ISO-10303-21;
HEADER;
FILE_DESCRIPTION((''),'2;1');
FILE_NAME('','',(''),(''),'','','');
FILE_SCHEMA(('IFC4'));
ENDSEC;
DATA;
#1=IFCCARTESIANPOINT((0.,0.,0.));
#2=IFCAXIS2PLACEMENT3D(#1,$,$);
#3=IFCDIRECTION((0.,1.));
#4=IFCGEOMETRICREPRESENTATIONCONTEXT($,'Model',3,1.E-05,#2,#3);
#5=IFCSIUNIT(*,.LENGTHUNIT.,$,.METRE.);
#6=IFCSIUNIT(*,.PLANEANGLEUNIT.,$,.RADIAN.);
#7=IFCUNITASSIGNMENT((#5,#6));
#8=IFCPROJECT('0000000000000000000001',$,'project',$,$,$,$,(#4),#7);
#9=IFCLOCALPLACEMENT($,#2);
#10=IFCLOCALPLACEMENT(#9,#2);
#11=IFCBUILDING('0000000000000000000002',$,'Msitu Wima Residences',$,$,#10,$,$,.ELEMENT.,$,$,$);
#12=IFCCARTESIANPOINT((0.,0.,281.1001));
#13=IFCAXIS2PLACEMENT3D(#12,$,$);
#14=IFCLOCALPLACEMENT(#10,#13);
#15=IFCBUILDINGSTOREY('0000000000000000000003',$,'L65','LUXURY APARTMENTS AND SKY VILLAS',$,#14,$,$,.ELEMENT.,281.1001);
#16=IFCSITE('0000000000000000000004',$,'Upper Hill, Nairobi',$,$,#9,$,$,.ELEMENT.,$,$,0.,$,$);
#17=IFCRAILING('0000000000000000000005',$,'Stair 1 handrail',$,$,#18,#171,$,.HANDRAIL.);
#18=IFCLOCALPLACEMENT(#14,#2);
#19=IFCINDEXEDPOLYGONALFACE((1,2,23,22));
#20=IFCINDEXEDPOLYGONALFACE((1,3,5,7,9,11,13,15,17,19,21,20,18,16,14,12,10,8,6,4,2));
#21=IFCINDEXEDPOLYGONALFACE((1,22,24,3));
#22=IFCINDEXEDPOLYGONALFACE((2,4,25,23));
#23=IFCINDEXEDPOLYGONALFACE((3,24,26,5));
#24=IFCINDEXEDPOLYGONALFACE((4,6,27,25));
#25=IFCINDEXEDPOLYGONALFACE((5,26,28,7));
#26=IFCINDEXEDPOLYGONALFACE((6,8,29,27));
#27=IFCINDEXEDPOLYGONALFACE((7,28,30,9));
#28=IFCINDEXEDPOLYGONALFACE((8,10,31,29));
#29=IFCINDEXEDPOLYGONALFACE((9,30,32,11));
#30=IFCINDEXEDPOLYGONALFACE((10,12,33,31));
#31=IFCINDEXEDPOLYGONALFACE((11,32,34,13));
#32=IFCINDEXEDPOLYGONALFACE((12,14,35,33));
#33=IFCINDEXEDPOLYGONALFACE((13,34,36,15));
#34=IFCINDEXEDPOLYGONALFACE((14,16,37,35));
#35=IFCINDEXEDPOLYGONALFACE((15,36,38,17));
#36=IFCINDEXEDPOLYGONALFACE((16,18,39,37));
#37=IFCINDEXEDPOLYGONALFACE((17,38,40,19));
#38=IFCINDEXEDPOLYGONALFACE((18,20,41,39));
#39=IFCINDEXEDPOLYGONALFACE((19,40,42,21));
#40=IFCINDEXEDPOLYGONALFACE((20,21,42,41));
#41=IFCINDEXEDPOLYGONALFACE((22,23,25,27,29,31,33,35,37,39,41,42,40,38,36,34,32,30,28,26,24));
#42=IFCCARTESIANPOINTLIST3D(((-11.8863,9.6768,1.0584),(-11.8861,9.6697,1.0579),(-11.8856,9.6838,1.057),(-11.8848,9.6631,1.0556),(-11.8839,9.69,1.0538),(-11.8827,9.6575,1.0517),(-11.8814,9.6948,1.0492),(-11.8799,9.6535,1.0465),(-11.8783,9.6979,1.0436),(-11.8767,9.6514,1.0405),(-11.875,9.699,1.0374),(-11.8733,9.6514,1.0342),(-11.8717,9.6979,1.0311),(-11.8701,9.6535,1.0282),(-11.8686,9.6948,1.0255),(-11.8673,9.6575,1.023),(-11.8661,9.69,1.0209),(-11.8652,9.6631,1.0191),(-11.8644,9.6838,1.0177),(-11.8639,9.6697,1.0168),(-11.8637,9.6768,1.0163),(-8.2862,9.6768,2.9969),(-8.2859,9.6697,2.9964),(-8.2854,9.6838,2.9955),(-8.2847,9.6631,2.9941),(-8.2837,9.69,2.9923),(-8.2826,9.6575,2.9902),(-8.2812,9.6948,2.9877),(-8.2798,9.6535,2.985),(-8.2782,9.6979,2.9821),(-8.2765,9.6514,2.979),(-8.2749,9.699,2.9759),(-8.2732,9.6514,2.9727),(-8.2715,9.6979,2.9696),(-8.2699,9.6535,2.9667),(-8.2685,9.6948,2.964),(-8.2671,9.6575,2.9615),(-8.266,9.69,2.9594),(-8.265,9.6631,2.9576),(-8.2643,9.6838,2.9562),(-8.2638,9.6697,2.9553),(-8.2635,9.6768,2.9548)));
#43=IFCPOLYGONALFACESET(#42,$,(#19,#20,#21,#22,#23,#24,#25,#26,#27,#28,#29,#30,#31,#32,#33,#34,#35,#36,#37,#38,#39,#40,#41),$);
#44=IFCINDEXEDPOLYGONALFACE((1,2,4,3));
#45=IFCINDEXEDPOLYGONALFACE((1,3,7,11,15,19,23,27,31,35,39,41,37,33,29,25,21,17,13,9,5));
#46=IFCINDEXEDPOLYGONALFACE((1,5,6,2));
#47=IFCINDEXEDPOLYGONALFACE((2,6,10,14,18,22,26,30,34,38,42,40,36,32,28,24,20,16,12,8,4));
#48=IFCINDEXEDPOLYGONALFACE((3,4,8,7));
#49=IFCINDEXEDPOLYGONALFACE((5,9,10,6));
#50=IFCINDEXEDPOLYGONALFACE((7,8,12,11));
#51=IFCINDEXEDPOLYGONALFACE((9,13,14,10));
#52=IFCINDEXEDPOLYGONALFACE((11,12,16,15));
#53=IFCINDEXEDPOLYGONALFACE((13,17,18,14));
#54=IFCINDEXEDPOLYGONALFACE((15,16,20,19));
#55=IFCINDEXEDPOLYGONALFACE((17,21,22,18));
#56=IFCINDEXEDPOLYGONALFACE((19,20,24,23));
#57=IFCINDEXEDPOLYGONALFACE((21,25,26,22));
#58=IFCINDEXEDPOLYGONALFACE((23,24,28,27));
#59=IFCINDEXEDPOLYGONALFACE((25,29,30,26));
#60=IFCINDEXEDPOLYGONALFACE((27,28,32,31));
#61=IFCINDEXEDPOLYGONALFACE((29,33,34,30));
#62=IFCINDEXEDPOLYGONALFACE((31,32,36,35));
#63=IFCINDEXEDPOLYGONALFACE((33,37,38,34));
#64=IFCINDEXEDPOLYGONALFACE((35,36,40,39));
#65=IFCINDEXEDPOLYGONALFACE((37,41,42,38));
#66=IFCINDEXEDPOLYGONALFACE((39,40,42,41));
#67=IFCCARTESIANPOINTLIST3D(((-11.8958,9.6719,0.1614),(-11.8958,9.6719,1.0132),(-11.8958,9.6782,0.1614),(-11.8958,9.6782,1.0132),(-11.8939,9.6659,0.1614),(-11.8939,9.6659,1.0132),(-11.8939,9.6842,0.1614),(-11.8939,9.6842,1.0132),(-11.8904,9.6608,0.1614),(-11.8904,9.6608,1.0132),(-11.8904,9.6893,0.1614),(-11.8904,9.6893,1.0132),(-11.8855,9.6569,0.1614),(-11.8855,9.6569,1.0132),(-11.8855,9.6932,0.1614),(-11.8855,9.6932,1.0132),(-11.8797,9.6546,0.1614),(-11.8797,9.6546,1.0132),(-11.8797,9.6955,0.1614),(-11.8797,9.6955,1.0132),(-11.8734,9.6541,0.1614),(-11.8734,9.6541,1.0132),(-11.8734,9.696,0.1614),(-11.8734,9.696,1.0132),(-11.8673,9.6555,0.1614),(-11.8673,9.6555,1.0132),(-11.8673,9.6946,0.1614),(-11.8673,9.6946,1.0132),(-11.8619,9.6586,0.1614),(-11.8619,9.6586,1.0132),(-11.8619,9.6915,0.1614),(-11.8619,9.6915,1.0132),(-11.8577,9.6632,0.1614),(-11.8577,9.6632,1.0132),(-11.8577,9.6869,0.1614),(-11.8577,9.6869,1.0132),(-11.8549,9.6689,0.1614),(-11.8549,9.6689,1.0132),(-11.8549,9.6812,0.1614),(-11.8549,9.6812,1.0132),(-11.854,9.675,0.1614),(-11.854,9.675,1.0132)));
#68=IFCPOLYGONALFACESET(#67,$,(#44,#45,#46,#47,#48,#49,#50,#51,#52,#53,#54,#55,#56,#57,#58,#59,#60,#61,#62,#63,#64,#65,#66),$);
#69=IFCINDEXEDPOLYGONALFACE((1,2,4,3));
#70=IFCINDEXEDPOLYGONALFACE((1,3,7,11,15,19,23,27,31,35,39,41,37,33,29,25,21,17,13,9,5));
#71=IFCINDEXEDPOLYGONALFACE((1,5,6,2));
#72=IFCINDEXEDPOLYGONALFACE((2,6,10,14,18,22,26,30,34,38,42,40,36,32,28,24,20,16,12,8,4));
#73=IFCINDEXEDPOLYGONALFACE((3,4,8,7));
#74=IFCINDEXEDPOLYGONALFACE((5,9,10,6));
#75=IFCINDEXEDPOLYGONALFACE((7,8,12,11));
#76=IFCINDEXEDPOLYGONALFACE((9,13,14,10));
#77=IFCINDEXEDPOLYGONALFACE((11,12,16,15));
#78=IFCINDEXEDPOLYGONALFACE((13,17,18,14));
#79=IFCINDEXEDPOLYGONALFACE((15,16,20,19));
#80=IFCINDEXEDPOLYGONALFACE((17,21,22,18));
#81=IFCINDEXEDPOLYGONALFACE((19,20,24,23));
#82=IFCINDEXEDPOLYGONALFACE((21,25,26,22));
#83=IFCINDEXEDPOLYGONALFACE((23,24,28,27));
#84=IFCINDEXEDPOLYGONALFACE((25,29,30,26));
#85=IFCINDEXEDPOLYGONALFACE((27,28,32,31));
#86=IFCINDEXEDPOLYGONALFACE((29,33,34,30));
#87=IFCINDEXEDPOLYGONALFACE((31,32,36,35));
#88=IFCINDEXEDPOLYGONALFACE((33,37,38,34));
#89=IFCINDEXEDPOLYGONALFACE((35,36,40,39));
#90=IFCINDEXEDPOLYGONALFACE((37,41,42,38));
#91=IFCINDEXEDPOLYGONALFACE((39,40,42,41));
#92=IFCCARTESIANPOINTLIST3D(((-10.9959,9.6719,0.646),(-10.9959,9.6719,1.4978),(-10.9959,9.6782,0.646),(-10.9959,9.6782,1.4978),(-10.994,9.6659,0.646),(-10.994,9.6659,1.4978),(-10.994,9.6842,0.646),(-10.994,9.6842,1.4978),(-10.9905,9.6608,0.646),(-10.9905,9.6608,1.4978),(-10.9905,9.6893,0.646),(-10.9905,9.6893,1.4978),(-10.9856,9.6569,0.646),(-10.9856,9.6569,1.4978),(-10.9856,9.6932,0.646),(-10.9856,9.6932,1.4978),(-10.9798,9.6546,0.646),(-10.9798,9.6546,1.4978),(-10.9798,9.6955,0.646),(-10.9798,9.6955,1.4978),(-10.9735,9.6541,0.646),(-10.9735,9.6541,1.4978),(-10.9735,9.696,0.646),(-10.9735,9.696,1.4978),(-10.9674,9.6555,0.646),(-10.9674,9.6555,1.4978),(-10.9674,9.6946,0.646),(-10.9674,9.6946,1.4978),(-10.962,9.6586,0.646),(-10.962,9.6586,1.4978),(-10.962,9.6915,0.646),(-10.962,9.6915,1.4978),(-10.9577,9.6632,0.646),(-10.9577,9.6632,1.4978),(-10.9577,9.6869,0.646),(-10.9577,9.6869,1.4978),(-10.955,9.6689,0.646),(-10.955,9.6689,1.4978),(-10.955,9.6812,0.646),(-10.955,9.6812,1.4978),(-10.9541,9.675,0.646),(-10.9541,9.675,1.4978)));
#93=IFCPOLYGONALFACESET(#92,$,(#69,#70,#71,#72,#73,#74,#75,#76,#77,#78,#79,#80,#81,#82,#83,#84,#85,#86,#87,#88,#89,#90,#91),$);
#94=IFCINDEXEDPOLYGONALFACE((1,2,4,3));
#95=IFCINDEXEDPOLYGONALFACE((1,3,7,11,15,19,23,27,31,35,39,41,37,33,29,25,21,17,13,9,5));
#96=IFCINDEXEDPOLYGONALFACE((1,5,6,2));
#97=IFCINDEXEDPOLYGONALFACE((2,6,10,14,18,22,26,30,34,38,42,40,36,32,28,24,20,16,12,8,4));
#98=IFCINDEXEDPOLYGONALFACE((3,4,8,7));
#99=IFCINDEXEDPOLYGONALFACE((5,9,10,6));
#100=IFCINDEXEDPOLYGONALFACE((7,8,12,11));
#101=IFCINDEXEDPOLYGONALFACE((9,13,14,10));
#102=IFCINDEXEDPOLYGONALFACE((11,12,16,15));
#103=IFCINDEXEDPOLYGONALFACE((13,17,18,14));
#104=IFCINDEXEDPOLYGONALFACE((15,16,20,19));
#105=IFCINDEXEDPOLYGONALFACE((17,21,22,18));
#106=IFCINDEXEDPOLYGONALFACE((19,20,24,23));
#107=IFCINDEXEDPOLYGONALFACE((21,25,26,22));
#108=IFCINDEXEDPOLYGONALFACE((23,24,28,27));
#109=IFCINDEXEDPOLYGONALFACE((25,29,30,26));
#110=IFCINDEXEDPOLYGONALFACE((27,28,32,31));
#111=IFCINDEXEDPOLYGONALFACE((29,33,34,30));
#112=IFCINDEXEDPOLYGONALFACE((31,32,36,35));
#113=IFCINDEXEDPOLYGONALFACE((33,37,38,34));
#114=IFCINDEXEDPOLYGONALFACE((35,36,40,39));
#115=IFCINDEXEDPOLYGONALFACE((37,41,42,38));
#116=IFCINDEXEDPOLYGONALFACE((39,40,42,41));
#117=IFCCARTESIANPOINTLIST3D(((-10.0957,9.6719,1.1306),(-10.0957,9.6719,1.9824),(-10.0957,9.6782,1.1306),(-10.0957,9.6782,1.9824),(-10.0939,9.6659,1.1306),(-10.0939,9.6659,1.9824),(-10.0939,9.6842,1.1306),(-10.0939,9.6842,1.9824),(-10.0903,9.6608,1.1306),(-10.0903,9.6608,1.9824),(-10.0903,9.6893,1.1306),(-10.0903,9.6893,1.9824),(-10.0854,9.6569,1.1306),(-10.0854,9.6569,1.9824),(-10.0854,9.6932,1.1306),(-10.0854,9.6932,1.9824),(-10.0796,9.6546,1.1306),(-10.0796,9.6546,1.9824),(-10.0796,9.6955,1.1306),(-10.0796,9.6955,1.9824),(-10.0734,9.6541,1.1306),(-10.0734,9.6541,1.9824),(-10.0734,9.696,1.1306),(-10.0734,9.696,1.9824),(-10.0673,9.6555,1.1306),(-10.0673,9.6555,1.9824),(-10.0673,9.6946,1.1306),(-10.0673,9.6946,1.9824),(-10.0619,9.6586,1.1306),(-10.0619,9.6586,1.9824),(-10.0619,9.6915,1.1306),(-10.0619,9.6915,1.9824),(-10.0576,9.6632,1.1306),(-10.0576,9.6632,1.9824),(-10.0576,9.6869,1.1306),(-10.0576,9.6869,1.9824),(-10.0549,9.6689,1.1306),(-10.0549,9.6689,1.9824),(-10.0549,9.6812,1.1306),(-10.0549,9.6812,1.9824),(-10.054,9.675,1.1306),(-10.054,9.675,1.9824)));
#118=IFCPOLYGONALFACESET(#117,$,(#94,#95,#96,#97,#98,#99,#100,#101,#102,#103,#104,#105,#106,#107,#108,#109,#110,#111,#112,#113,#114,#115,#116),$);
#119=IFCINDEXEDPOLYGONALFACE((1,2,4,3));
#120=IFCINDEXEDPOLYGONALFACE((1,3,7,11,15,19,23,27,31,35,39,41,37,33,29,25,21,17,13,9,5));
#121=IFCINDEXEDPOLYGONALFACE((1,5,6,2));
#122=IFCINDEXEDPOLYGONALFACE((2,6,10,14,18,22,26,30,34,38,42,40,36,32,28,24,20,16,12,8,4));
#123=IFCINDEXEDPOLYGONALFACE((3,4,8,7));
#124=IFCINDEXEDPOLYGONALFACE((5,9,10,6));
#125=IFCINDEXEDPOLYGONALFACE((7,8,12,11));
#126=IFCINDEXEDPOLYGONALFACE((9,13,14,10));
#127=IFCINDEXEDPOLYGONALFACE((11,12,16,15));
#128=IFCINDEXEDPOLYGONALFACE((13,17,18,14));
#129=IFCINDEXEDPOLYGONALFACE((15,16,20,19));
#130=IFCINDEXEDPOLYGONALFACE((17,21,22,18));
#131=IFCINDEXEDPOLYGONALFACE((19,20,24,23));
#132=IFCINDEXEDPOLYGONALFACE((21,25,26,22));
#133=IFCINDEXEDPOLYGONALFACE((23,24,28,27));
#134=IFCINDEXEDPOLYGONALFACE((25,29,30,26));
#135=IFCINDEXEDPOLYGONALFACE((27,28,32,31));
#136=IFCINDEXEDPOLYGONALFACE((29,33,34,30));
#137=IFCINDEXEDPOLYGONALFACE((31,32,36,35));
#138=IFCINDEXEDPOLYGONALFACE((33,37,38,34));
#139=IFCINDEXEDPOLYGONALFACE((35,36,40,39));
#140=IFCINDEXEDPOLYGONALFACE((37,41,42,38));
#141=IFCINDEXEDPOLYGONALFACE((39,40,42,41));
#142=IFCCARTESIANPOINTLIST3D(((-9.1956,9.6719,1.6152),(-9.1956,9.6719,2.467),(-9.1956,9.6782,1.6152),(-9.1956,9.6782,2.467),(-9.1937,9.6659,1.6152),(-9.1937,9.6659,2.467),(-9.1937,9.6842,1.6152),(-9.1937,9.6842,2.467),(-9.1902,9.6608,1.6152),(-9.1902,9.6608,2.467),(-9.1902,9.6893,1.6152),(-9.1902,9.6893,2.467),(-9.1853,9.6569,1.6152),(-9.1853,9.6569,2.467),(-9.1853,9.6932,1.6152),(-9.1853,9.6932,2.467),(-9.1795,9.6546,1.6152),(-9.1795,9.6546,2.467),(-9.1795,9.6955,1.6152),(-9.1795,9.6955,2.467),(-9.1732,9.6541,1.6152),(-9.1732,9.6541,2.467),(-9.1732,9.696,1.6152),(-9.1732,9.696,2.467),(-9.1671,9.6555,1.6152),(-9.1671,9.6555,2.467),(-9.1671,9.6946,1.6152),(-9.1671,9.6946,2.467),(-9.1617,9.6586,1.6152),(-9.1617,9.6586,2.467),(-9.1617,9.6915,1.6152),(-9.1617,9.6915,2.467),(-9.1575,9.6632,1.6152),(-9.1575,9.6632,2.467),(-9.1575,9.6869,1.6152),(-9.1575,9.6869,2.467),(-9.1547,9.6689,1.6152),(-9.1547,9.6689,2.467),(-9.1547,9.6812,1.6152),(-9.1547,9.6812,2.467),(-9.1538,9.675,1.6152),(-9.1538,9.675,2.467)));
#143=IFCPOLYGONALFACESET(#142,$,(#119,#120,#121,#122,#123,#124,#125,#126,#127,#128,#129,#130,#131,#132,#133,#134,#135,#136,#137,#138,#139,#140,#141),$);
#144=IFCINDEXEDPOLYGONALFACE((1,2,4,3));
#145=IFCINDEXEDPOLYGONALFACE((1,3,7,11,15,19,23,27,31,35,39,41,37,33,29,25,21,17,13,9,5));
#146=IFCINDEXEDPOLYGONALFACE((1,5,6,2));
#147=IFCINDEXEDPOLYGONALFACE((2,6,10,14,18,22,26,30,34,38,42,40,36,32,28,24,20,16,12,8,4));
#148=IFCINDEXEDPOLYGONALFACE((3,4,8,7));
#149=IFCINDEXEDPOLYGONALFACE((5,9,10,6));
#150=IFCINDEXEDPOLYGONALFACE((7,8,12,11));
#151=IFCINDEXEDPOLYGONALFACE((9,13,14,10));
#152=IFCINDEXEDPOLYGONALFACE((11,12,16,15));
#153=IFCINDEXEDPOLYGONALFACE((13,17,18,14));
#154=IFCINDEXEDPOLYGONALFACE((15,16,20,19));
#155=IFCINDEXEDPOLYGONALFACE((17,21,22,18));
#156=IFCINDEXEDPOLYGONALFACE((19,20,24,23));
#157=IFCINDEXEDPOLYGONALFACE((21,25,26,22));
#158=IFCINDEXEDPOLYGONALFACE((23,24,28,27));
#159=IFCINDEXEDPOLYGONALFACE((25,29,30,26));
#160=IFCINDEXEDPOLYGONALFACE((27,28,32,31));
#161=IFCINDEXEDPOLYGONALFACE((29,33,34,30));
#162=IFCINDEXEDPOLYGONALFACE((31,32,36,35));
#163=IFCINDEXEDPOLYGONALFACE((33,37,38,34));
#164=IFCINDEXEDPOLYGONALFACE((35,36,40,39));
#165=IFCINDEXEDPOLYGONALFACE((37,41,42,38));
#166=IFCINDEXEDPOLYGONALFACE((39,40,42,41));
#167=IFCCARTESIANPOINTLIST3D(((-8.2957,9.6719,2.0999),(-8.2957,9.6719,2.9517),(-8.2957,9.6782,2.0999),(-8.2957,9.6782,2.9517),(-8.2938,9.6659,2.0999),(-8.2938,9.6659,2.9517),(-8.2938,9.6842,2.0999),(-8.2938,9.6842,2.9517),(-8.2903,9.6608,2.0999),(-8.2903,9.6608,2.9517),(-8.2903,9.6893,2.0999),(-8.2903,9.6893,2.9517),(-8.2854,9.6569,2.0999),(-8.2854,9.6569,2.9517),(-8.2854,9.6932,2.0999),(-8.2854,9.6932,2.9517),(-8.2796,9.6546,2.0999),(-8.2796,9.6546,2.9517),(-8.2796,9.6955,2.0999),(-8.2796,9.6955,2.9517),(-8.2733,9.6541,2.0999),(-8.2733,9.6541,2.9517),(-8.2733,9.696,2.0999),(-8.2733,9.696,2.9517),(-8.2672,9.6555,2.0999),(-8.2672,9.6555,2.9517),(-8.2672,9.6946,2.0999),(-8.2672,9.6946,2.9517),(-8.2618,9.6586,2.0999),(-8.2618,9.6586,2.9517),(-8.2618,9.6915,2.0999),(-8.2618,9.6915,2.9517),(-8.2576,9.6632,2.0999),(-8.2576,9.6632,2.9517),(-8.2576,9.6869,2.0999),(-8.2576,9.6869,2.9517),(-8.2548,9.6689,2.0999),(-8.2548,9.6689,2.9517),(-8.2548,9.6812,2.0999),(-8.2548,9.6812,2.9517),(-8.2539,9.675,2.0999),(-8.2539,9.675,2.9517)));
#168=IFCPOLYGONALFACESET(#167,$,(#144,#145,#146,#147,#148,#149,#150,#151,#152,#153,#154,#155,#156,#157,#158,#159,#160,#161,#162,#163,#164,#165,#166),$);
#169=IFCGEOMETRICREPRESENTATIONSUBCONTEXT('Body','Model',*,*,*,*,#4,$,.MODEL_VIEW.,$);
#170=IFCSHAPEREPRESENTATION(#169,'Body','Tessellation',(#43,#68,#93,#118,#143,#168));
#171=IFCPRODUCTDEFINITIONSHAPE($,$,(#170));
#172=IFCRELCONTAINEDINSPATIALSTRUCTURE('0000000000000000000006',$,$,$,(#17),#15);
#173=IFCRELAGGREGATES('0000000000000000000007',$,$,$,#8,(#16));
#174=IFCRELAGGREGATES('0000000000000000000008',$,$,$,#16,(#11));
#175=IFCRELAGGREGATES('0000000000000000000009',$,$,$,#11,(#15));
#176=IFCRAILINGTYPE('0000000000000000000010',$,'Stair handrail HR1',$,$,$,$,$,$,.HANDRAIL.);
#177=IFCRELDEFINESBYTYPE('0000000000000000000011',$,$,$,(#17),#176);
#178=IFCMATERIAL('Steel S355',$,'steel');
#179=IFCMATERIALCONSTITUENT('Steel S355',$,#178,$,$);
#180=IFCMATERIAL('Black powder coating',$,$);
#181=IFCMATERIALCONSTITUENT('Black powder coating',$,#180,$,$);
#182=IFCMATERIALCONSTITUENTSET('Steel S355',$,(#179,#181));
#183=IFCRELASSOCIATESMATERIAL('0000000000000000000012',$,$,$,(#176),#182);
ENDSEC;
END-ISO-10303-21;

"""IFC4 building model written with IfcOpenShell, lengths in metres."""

from ifc_helpers import new_model, si_unit, direction, frame, origin, origin_2d, place, context, subcontext, project, spatial, circle, extrude, material, constituent, constituent_set, type_object, element, save


model = new_model("IFC4")

# Units and contexts
model_context = context("Model", 3, precision=1e-05, world=origin(), true_north=direction((0.0, 1.0)))
body_context = subcontext(model_context, "Body", "Model", "MODEL_VIEW")
ifc_project = project(units=[si_unit("LENGTHUNIT", "METRE"), si_unit("PLANEANGLEUNIT", "RADIAN")], contexts=[model_context])

# Site, building, storey
site_placement = place(None, origin())
site = spatial("IfcSite", under=ifc_project, at=site_placement, Name="Upper Hill, Nairobi", CompositionType="ELEMENT", RefElevation=0.0)
building_placement = place(site_placement, origin())
building = spatial("IfcBuilding", under=site, at=building_placement, Name="Msitu Wima Residences", CompositionType="ELEMENT")
storey_placement = place(building_placement, frame((0.0, 0.0, 281.1001)))
storey = spatial("IfcBuildingStorey", under=building, at=storey_placement, Name="L65", Description="LUXURY APARTMENTS AND SKY VILLAS", CompositionType="ELEMENT", Elevation=281.1001)

# Railing
ifc_material_1 = material(Name="Steel S355", Category="steel")
ifc_constituent_1 = constituent(ifc_material_1, Name="Steel S355")
ifc_material_2 = material(Name="Black powder coating")
ifc_constituent_2 = constituent(ifc_material_2, Name="Black powder coating")
ifc_constituent_set = constituent_set(constituents=[ifc_constituent_1, ifc_constituent_2], Name="Steel S355")
railing_type = type_object("IfcRailingType", Name="Stair handrail HR1", PredefinedType="HANDRAIL", material=ifc_constituent_set)
for number, where, name in (
    (1, (-11.875, 9.675, 0.1614), "Stair 1 handrail"),
):
    element("IfcRailing", number, at=place(storey_placement, frame(where)), inside=storey, type_object=railing_type, Name=name, PredefinedType="HANDRAIL", context=body_context, shape_type="SweptSolid", body=[
        extrude(circle(Radius=0.0239, at=origin_2d()), frame((0.0, 0.0, 0.876), z_axis=(0.880475, 0.0, 0.474093), x_axis=(0.0, 1.0, 0.0)), (0.0, 0.0, 1.0), 4.0889),
        extrude(circle(Radius=0.021, at=origin_2d()), origin(), (0.0, 0.0, 1.0), 0.8518),
        extrude(circle(Radius=0.021, at=origin_2d()), frame((0.8999, 0.0, 0.4846)), (0.0, 0.0, 1.0), 0.8518),
        extrude(circle(Radius=0.021, at=origin_2d()), frame((1.8, 0.0, 0.9692)), (0.0, 0.0, 1.0), 0.8518),
        extrude(circle(Radius=0.021, at=origin_2d()), frame((2.7002, 0.0, 1.4539)), (0.0, 0.0, 1.0), 0.8518),
        extrude(circle(Radius=0.021, at=origin_2d()), frame((3.6001, 0.0, 1.9385)), (0.0, 0.0, 1.0), 0.8518),
    ])

save(model, "model.ifc")
